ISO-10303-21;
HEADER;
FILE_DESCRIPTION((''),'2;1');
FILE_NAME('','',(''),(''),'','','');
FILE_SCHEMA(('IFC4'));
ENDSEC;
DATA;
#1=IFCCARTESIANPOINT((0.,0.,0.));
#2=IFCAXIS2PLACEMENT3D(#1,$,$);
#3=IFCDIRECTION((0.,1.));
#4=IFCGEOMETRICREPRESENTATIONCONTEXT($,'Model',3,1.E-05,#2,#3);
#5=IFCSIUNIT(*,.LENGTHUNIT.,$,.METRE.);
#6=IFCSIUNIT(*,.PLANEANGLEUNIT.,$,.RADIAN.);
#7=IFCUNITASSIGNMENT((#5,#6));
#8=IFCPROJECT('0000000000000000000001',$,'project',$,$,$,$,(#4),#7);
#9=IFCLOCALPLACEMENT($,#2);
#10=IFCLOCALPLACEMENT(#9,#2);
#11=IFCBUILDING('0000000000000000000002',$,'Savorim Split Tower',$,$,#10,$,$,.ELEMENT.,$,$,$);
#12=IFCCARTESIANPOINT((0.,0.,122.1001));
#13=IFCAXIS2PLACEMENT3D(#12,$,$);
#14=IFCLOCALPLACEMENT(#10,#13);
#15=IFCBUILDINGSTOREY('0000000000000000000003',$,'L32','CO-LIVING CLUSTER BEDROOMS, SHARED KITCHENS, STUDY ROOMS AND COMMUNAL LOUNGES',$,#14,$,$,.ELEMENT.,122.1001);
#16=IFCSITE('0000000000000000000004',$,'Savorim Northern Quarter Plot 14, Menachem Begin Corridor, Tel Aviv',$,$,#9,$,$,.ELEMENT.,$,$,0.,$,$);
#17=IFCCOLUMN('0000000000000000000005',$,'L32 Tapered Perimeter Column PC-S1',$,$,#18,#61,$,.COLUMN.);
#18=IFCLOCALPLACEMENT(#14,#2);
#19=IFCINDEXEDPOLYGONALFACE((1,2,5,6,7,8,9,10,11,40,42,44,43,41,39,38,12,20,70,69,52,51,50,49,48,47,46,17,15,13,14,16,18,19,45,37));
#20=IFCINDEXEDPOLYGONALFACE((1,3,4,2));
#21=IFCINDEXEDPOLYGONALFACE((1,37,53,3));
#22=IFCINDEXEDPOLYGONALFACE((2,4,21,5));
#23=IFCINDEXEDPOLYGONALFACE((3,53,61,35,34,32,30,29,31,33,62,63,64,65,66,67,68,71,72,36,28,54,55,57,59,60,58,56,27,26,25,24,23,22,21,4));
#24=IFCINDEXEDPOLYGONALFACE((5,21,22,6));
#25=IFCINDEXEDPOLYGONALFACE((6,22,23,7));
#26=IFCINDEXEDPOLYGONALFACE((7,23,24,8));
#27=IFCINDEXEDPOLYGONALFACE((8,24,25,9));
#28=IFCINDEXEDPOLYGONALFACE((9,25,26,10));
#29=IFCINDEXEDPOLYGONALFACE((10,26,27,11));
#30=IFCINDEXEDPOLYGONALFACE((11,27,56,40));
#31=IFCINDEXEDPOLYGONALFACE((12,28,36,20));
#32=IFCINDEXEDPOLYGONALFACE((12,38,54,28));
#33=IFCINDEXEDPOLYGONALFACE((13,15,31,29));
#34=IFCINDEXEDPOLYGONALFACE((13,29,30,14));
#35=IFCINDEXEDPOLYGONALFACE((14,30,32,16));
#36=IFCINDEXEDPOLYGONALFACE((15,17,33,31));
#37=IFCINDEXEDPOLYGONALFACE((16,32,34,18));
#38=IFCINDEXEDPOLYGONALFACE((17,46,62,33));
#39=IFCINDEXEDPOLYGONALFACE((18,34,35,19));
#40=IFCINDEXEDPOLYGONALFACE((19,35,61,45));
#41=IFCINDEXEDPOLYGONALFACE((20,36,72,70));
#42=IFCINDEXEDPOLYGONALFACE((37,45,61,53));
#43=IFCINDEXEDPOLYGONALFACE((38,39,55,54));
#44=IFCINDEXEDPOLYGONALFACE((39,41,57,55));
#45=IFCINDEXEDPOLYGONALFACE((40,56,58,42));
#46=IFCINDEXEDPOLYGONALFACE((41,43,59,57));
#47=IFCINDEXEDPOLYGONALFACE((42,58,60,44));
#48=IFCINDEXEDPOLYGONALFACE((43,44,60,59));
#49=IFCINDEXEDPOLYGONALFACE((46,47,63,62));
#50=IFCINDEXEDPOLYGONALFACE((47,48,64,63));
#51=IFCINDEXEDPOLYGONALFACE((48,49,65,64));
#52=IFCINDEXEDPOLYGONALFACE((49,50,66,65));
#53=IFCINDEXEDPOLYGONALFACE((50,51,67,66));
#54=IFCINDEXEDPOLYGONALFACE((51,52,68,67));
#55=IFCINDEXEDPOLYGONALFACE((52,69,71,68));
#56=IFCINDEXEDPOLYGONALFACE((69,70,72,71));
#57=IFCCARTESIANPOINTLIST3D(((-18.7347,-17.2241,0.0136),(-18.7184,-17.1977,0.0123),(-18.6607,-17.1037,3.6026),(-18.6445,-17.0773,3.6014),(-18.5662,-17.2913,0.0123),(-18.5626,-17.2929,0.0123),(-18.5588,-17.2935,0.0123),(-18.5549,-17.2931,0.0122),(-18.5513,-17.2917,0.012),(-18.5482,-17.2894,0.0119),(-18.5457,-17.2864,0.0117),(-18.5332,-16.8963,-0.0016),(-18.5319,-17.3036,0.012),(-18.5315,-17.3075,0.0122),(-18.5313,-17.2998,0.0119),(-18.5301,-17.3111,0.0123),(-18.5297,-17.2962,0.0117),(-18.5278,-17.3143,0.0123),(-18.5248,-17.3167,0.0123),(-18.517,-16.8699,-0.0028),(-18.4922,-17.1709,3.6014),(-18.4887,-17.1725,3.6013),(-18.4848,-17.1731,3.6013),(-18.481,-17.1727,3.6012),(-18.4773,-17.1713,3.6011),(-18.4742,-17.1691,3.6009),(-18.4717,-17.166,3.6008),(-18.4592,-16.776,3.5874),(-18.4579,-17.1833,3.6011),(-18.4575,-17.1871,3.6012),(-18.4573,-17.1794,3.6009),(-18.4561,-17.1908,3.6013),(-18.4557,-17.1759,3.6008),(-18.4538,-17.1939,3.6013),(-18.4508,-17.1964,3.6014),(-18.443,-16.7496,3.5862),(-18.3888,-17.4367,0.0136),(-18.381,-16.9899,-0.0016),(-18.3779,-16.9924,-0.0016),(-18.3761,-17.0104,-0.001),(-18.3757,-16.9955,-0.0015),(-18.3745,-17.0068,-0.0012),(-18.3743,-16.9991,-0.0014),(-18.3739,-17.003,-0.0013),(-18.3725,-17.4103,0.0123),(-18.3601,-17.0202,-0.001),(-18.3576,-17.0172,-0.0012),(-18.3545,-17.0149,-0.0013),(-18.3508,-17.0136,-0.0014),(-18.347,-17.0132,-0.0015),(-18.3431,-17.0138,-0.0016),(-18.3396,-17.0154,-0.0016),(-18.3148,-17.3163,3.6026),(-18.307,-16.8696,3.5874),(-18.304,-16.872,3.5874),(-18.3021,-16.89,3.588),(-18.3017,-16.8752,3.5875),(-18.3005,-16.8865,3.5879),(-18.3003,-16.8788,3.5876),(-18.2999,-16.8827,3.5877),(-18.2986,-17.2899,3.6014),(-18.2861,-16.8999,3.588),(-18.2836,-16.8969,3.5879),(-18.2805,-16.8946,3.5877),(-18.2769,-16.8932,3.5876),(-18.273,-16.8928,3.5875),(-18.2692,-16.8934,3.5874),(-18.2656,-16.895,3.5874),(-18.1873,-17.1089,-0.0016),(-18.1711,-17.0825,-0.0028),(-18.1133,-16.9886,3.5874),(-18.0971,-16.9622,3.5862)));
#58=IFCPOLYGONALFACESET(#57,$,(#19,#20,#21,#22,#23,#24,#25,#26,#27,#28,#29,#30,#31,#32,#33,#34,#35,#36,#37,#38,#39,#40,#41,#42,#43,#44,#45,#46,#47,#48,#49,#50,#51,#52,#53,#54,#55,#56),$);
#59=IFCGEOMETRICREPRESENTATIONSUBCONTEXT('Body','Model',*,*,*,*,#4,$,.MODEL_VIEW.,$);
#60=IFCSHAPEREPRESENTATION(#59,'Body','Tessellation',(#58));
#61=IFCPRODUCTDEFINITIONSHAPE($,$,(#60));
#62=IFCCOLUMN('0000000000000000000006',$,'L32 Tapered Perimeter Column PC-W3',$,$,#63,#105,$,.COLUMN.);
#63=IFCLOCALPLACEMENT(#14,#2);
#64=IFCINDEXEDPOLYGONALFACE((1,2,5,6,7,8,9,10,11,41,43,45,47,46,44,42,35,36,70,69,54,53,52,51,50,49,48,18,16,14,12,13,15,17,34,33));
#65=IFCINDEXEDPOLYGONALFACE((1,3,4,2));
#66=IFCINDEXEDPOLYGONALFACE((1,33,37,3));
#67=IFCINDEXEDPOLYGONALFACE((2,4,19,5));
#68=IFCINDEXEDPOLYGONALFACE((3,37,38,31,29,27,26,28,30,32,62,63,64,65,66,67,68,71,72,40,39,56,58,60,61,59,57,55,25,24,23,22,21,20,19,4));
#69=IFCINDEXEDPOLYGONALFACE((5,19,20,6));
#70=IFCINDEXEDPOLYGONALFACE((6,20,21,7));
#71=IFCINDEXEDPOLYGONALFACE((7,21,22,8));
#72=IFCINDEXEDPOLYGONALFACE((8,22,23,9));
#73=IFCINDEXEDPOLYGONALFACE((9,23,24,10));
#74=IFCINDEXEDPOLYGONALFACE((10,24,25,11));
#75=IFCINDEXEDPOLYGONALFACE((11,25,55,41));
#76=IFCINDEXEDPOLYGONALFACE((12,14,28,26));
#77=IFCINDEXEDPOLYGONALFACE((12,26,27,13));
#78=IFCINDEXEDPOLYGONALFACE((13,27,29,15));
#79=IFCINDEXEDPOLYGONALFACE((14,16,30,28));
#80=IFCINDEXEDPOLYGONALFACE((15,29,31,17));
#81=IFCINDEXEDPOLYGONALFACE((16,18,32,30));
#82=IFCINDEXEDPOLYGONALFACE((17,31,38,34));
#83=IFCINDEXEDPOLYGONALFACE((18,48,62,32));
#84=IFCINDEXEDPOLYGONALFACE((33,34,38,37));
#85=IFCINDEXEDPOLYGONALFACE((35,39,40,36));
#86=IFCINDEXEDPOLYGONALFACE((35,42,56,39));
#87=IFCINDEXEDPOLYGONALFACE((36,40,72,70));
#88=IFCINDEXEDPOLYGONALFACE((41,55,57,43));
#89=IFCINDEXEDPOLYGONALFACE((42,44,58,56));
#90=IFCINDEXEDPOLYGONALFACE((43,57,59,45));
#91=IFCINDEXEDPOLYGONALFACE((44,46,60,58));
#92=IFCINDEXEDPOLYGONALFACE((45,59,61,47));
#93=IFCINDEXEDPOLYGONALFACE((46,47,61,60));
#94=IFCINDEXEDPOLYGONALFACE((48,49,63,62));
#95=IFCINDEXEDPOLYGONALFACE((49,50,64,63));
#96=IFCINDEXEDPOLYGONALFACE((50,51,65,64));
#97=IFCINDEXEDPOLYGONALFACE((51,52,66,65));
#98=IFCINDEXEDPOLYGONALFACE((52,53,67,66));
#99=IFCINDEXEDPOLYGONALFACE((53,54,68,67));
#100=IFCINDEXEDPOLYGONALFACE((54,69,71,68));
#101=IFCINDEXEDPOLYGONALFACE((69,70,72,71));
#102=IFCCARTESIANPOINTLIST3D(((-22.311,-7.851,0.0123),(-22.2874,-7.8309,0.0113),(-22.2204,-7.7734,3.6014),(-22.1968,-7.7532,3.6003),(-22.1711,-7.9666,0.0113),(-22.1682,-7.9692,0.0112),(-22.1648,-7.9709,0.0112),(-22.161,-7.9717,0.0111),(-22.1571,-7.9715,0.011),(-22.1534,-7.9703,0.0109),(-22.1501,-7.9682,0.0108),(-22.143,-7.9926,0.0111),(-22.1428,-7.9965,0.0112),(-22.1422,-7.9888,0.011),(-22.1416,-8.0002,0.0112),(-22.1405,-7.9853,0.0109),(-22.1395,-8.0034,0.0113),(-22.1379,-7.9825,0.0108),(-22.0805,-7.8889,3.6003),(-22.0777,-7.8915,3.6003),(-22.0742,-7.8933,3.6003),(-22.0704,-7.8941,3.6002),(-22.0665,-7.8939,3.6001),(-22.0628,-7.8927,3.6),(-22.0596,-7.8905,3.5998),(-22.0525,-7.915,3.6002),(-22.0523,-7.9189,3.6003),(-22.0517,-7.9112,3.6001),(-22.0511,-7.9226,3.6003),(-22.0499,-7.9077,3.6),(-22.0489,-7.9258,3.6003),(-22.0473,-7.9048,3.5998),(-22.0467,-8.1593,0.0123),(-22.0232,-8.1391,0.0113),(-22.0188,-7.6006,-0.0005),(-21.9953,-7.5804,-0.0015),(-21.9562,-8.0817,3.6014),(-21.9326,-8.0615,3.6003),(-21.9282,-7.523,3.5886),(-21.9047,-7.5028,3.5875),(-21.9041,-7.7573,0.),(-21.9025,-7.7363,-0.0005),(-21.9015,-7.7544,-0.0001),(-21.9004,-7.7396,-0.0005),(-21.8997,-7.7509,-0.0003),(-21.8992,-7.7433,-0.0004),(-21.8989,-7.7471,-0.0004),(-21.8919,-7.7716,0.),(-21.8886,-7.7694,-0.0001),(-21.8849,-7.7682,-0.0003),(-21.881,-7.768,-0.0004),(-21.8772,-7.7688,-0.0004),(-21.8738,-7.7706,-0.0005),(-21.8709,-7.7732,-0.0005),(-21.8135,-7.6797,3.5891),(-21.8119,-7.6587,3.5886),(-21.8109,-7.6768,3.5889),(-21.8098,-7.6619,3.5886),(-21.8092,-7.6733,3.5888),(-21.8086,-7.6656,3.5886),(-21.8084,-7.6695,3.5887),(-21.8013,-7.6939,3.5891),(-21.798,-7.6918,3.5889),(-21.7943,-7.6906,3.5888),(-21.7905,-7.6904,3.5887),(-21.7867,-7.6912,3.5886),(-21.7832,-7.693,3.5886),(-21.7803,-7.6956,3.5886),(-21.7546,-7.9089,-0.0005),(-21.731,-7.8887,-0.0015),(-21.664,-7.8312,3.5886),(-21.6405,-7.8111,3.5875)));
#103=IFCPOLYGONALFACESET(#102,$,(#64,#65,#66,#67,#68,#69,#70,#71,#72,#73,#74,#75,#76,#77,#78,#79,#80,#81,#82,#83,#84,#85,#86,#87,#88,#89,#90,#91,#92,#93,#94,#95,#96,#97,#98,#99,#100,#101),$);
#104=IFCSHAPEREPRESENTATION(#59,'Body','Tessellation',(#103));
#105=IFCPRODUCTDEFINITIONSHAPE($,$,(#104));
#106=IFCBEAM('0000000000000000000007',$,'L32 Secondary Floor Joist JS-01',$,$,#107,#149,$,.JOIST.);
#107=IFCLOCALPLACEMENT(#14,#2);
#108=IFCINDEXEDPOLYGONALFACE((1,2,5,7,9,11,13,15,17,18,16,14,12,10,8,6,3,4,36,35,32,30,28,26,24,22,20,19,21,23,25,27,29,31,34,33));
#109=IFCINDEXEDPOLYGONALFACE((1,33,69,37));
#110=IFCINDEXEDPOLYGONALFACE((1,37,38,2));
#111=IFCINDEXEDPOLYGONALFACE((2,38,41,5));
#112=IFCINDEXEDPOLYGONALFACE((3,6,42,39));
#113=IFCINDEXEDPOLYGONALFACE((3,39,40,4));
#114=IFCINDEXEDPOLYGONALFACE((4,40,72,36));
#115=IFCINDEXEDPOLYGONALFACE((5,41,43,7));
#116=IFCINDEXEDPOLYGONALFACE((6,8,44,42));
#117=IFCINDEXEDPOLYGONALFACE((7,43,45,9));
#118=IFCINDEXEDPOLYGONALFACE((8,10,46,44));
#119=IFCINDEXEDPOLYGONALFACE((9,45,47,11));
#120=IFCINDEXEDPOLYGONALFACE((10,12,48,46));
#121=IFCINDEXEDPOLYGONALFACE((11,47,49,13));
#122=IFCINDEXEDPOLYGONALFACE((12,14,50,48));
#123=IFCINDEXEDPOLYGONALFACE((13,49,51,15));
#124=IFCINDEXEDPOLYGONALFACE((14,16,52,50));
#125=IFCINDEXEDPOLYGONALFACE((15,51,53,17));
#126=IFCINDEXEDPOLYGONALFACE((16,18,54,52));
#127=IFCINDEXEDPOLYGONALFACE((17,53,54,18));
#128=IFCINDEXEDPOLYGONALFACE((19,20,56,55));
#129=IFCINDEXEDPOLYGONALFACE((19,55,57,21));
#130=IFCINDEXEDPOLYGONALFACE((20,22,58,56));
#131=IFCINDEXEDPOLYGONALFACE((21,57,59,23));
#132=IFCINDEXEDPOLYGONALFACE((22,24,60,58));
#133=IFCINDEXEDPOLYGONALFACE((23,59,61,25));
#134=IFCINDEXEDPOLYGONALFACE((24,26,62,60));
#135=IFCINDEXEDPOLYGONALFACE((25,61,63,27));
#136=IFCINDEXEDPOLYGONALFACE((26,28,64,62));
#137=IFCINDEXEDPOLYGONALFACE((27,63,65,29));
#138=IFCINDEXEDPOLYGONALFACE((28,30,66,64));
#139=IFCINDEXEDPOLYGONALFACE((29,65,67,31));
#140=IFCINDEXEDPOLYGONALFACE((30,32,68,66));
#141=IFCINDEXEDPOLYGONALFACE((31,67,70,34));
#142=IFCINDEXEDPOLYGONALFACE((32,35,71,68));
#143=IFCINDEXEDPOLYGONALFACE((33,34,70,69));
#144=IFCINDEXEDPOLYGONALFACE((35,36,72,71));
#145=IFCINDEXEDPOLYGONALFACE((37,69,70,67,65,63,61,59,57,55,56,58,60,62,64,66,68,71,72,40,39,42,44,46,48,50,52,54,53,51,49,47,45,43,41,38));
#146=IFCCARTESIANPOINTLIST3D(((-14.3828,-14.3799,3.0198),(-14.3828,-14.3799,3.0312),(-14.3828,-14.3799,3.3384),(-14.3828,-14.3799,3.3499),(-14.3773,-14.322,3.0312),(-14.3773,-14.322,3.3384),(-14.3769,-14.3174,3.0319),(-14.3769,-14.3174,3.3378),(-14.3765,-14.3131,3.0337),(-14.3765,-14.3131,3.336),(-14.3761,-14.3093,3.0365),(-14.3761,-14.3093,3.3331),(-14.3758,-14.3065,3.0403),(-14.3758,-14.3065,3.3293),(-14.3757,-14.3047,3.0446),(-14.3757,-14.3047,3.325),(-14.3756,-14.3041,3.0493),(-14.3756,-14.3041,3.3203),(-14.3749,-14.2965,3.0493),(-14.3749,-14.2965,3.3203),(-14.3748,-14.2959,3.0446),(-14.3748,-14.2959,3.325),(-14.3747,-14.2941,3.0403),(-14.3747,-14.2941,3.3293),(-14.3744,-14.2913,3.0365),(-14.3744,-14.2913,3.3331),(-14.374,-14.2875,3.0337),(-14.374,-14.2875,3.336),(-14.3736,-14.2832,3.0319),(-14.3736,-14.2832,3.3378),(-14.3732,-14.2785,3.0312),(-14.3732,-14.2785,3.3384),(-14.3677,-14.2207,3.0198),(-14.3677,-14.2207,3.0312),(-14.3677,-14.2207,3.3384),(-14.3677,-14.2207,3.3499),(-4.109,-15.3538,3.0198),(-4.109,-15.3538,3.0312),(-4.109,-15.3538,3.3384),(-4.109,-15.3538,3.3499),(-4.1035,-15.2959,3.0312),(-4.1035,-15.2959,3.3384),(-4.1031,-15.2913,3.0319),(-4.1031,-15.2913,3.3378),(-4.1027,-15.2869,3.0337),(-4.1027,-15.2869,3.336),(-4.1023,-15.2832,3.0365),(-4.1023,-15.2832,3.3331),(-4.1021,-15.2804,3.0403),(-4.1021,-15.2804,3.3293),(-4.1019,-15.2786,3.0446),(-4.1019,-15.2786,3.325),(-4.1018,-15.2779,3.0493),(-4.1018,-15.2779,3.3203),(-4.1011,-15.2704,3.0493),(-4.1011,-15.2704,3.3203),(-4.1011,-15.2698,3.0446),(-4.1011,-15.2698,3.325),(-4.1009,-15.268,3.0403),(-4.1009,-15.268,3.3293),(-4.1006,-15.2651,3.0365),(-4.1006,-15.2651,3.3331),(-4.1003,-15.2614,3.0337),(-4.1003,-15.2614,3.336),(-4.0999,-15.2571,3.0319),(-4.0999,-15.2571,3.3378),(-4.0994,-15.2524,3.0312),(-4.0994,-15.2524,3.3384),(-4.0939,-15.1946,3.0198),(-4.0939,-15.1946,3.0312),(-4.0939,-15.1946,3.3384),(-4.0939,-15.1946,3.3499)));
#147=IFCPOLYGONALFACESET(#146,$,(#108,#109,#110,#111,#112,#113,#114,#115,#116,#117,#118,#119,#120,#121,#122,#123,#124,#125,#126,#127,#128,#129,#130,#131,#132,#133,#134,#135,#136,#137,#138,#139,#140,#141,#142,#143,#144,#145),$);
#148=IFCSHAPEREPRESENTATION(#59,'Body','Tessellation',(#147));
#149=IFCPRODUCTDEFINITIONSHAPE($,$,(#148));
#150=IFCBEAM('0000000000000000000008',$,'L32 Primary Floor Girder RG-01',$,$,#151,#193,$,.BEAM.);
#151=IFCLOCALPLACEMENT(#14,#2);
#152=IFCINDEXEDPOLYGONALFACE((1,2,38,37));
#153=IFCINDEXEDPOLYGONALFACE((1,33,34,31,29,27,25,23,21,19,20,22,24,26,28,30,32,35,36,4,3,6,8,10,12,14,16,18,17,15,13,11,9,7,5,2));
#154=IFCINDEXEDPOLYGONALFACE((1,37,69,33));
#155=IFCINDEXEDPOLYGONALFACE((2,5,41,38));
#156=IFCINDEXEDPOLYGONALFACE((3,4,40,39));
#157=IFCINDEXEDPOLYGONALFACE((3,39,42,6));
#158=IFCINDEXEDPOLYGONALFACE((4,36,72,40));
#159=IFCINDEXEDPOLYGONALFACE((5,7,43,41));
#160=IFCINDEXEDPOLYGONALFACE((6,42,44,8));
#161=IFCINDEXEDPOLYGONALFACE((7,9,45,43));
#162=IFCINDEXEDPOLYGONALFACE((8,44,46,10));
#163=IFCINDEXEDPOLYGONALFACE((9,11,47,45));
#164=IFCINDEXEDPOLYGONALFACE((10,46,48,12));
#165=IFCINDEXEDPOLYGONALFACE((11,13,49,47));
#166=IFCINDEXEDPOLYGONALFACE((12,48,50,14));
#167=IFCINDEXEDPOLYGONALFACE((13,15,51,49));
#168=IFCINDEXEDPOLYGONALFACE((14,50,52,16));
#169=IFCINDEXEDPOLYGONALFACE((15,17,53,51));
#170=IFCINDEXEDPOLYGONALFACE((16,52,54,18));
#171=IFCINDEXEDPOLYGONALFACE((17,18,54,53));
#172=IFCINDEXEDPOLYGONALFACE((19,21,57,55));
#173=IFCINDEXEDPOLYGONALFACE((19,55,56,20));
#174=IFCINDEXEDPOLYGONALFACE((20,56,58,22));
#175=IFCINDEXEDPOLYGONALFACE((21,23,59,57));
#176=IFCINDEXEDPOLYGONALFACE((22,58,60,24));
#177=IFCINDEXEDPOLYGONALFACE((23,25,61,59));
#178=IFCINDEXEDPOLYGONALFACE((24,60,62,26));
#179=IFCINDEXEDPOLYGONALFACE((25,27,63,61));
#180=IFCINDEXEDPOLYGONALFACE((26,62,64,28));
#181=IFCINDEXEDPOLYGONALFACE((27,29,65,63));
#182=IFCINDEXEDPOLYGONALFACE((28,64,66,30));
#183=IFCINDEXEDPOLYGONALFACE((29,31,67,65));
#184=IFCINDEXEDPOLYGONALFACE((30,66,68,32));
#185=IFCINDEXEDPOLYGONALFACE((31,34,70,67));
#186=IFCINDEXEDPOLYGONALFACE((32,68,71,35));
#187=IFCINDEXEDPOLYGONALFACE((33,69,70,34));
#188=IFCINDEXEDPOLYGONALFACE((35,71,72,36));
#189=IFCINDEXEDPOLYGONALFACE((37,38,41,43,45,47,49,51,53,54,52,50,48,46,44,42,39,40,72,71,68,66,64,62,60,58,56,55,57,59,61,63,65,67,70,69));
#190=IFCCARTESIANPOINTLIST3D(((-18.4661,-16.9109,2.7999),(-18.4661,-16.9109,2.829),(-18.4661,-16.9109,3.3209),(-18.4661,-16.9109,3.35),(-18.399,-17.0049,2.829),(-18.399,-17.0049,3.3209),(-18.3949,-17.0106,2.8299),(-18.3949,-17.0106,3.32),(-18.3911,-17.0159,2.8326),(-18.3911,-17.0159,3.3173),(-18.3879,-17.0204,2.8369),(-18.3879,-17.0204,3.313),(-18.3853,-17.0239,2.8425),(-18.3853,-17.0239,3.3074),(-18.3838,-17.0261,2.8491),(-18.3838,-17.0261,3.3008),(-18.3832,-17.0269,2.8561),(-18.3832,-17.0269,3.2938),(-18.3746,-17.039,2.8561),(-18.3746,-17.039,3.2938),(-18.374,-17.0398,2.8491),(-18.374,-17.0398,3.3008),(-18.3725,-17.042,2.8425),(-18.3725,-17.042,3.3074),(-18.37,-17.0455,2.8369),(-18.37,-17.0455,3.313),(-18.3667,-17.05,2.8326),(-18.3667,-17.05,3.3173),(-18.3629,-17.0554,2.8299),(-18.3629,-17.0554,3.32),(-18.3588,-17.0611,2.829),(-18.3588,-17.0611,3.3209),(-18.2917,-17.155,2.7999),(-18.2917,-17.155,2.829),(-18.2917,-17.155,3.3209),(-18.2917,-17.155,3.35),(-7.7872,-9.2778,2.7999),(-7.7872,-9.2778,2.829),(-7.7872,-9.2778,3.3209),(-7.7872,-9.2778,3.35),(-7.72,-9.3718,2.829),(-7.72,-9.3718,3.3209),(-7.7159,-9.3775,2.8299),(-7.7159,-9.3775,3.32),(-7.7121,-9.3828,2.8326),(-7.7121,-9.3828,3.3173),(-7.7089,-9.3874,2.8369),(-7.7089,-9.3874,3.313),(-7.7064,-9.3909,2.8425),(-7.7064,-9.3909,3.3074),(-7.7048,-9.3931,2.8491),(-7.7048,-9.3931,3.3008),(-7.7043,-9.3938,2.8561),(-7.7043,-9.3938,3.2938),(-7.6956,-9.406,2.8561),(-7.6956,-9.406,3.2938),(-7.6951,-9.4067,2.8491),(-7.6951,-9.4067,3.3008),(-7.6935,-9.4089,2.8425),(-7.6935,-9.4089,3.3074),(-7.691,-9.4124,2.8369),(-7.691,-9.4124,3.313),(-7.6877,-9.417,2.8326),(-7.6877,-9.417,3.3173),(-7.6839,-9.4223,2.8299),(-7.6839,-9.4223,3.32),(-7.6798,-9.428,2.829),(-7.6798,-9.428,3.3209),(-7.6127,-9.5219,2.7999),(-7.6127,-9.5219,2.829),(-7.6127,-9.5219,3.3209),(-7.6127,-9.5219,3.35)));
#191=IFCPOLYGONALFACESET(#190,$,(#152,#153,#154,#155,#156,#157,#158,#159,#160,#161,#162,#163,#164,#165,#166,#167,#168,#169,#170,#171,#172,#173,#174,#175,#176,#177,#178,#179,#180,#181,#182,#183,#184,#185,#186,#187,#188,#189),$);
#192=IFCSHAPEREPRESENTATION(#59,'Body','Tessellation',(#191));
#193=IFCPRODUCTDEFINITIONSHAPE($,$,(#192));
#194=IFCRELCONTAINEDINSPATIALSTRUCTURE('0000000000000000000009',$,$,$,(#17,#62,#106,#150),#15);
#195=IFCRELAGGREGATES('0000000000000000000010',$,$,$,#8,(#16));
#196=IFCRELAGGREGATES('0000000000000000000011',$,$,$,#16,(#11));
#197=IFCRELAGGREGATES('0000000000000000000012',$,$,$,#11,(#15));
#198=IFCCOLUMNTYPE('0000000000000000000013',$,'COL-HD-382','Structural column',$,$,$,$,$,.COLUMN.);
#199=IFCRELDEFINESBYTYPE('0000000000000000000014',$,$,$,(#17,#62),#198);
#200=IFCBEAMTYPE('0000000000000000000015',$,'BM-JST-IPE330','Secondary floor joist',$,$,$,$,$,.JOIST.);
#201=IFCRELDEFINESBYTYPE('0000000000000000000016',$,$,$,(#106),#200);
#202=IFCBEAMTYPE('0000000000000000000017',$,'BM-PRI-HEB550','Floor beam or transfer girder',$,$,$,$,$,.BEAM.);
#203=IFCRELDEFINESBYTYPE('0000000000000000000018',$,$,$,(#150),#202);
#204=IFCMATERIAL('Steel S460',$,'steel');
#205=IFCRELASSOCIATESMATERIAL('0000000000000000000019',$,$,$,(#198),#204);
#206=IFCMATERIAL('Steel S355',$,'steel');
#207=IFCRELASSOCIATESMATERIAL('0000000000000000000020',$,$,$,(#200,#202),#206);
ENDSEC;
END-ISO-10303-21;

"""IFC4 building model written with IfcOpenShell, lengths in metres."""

from ifc_helpers import new_model, si_unit, direction, frame, origin, origin_2d, place, context, subcontext, project, spatial, i_section, extrude, material, material_profile, profile_set, type_object, element, save


model = new_model("IFC4")

# Units and contexts
model_context = context("Model", 3, precision=1e-05, world=origin(), true_north=direction((0.0, 1.0)))
body_context = subcontext(model_context, "Body", "Model", "MODEL_VIEW")
ifc_project = project(units=[si_unit("LENGTHUNIT", "METRE"), si_unit("PLANEANGLEUNIT", "RADIAN")], contexts=[model_context])

# Site, building, storey
site_placement = place(None, origin())
site = spatial("IfcSite", under=ifc_project, at=site_placement, Name="Savorim Northern Quarter Plot 14, Menachem Begin Corridor, Tel Aviv", CompositionType="ELEMENT", RefElevation=0.0)
building_placement = place(site_placement, origin())
building = spatial("IfcBuilding", under=site, at=building_placement, Name="Savorim Split Tower", CompositionType="ELEMENT")
storey_placement = place(building_placement, frame((0.0, 0.0, 122.1001)))
storey = spatial("IfcBuildingStorey", under=building, at=storey_placement, Name="L32", Description="CO-LIVING CLUSTER BEDROOMS, SHARED KITCHENS, STUDY ROOMS AND COMMUNAL LOUNGES", CompositionType="ELEMENT", Elevation=122.1001)

# Columns
ifc_material_1 = material(Name="Steel S460", Category="steel")
ifc_material_profile_1 = material_profile(ifc_material_1, i_section(OverallWidth=0.406, OverallDepth=0.416, WebThickness=0.0188, FlangeThickness=0.031, FilletRadius=0.0149, at=origin_2d()), Name="HD 400x382")
ifc_profile_set_1 = profile_set([ifc_material_profile_1], Name="Steel S460")
column_type = type_object("IfcColumnType", Name="COL-HD-382", Description="Structural column", PredefinedType="COLUMN", material=ifc_profile_set_1)
column_1_placement = place(storey_placement, frame((-18.4529, -17.1533, 0.0054), z_axis=(0.020595, 0.033509, 0.999226), x_axis=(-0.851955, 0.523615, 0.0)))
element("IfcColumn", 1, at=column_1_placement, inside=storey, type_object=column_type, Name="L32 Tapered Perimeter Column PC-S1", PredefinedType="COLUMN", context=body_context, shape_type="SweptSolid", body=[
    extrude(i_section(OverallWidth=0.406, OverallDepth=0.416, WebThickness=0.0188, FlangeThickness=0.031, FilletRadius=0.0149, at=origin_2d()), origin(), (0.0, 0.0, 1.0), 3.5918),
])
column_2_placement = place(storey_placement, frame((-22.021, -7.8699, 0.0054), z_axis=(0.025222, 0.021619, 0.999448), x_axis=(-0.650791, 0.759257, 0.0)))
element("IfcColumn", 2, at=column_2_placement, inside=storey, type_object=column_type, Name="L32 Tapered Perimeter Column PC-W3", PredefinedType="COLUMN", context=body_context, shape_type="SweptSolid", body=[
    extrude(i_section(OverallWidth=0.406, OverallDepth=0.416, WebThickness=0.0188, FlangeThickness=0.031, FilletRadius=0.0149, at=origin_2d()), origin(), (0.0, 0.0, 1.0), 3.5911),
])

# Beams
ifc_material_2 = material(Name="Steel S355", Category="steel")
ifc_material_profile_2 = material_profile(ifc_material_2, i_section(OverallWidth=0.1599, OverallDepth=0.3301, WebThickness=0.0076, FlangeThickness=0.0115, FilletRadius=0.0181, at=origin_2d()), Name="IPE 330")
ifc_profile_set_2 = profile_set([ifc_material_profile_2], Name="Steel S355")
beam_type_1 = type_object("IfcBeamType", Name="BM-JST-IPE330", Description="Secondary floor joist", PredefinedType="JOIST", material=ifc_profile_set_2)
beam_1_placement = place(storey_placement, frame((-14.3752, -14.3003, 3.1848), z_axis=(0.995537, -0.09437, 0.0), x_axis=(0.09437, 0.995537, 0.0)))
element("IfcBeam", 3, at=beam_1_placement, inside=storey, type_object=beam_type_1, Name="L32 Secondary Floor Joist JS-01", PredefinedType="JOIST", context=body_context, shape_type="SweptSolid", body=[
    extrude(i_section(OverallWidth=0.1599, OverallDepth=0.3301, WebThickness=0.0076, FlangeThickness=0.0115, FilletRadius=0.0181, at=origin_2d()), origin(), (0.0, 0.0, 1.0), 10.3198),
])
ifc_material_profile_3 = material_profile(ifc_material_2, i_section(OverallWidth=0.3, OverallDepth=0.55, WebThickness=0.0149, FlangeThickness=0.0291, FilletRadius=0.0271, at=origin_2d()), Name="HEB 550")
ifc_profile_set_3 = profile_set([ifc_material_profile_3], Name="Steel S355")
beam_type_2 = type_object("IfcBeamType", Name="BM-PRI-HEB550", Description="Floor beam or transfer girder", PredefinedType="BEAM", material=ifc_profile_set_3)
beam_2_placement = place(storey_placement, frame((-18.3789, -17.033, 3.075), z_axis=(0.813545, 0.581502, 0.0), x_axis=(-0.581502, 0.813545, 0.0)))
element("IfcBeam", 4, at=beam_2_placement, inside=storey, type_object=beam_type_2, Name="L32 Primary Floor Girder RG-01", PredefinedType="BEAM", context=body_context, shape_type="SweptSolid", body=[
    extrude(i_section(OverallWidth=0.3, OverallDepth=0.55, WebThickness=0.0149, FlangeThickness=0.0291, FilletRadius=0.0271, at=origin_2d()), origin(), (0.0, 0.0, 1.0), 13.1265),
])

save(model, "model.ifc")
